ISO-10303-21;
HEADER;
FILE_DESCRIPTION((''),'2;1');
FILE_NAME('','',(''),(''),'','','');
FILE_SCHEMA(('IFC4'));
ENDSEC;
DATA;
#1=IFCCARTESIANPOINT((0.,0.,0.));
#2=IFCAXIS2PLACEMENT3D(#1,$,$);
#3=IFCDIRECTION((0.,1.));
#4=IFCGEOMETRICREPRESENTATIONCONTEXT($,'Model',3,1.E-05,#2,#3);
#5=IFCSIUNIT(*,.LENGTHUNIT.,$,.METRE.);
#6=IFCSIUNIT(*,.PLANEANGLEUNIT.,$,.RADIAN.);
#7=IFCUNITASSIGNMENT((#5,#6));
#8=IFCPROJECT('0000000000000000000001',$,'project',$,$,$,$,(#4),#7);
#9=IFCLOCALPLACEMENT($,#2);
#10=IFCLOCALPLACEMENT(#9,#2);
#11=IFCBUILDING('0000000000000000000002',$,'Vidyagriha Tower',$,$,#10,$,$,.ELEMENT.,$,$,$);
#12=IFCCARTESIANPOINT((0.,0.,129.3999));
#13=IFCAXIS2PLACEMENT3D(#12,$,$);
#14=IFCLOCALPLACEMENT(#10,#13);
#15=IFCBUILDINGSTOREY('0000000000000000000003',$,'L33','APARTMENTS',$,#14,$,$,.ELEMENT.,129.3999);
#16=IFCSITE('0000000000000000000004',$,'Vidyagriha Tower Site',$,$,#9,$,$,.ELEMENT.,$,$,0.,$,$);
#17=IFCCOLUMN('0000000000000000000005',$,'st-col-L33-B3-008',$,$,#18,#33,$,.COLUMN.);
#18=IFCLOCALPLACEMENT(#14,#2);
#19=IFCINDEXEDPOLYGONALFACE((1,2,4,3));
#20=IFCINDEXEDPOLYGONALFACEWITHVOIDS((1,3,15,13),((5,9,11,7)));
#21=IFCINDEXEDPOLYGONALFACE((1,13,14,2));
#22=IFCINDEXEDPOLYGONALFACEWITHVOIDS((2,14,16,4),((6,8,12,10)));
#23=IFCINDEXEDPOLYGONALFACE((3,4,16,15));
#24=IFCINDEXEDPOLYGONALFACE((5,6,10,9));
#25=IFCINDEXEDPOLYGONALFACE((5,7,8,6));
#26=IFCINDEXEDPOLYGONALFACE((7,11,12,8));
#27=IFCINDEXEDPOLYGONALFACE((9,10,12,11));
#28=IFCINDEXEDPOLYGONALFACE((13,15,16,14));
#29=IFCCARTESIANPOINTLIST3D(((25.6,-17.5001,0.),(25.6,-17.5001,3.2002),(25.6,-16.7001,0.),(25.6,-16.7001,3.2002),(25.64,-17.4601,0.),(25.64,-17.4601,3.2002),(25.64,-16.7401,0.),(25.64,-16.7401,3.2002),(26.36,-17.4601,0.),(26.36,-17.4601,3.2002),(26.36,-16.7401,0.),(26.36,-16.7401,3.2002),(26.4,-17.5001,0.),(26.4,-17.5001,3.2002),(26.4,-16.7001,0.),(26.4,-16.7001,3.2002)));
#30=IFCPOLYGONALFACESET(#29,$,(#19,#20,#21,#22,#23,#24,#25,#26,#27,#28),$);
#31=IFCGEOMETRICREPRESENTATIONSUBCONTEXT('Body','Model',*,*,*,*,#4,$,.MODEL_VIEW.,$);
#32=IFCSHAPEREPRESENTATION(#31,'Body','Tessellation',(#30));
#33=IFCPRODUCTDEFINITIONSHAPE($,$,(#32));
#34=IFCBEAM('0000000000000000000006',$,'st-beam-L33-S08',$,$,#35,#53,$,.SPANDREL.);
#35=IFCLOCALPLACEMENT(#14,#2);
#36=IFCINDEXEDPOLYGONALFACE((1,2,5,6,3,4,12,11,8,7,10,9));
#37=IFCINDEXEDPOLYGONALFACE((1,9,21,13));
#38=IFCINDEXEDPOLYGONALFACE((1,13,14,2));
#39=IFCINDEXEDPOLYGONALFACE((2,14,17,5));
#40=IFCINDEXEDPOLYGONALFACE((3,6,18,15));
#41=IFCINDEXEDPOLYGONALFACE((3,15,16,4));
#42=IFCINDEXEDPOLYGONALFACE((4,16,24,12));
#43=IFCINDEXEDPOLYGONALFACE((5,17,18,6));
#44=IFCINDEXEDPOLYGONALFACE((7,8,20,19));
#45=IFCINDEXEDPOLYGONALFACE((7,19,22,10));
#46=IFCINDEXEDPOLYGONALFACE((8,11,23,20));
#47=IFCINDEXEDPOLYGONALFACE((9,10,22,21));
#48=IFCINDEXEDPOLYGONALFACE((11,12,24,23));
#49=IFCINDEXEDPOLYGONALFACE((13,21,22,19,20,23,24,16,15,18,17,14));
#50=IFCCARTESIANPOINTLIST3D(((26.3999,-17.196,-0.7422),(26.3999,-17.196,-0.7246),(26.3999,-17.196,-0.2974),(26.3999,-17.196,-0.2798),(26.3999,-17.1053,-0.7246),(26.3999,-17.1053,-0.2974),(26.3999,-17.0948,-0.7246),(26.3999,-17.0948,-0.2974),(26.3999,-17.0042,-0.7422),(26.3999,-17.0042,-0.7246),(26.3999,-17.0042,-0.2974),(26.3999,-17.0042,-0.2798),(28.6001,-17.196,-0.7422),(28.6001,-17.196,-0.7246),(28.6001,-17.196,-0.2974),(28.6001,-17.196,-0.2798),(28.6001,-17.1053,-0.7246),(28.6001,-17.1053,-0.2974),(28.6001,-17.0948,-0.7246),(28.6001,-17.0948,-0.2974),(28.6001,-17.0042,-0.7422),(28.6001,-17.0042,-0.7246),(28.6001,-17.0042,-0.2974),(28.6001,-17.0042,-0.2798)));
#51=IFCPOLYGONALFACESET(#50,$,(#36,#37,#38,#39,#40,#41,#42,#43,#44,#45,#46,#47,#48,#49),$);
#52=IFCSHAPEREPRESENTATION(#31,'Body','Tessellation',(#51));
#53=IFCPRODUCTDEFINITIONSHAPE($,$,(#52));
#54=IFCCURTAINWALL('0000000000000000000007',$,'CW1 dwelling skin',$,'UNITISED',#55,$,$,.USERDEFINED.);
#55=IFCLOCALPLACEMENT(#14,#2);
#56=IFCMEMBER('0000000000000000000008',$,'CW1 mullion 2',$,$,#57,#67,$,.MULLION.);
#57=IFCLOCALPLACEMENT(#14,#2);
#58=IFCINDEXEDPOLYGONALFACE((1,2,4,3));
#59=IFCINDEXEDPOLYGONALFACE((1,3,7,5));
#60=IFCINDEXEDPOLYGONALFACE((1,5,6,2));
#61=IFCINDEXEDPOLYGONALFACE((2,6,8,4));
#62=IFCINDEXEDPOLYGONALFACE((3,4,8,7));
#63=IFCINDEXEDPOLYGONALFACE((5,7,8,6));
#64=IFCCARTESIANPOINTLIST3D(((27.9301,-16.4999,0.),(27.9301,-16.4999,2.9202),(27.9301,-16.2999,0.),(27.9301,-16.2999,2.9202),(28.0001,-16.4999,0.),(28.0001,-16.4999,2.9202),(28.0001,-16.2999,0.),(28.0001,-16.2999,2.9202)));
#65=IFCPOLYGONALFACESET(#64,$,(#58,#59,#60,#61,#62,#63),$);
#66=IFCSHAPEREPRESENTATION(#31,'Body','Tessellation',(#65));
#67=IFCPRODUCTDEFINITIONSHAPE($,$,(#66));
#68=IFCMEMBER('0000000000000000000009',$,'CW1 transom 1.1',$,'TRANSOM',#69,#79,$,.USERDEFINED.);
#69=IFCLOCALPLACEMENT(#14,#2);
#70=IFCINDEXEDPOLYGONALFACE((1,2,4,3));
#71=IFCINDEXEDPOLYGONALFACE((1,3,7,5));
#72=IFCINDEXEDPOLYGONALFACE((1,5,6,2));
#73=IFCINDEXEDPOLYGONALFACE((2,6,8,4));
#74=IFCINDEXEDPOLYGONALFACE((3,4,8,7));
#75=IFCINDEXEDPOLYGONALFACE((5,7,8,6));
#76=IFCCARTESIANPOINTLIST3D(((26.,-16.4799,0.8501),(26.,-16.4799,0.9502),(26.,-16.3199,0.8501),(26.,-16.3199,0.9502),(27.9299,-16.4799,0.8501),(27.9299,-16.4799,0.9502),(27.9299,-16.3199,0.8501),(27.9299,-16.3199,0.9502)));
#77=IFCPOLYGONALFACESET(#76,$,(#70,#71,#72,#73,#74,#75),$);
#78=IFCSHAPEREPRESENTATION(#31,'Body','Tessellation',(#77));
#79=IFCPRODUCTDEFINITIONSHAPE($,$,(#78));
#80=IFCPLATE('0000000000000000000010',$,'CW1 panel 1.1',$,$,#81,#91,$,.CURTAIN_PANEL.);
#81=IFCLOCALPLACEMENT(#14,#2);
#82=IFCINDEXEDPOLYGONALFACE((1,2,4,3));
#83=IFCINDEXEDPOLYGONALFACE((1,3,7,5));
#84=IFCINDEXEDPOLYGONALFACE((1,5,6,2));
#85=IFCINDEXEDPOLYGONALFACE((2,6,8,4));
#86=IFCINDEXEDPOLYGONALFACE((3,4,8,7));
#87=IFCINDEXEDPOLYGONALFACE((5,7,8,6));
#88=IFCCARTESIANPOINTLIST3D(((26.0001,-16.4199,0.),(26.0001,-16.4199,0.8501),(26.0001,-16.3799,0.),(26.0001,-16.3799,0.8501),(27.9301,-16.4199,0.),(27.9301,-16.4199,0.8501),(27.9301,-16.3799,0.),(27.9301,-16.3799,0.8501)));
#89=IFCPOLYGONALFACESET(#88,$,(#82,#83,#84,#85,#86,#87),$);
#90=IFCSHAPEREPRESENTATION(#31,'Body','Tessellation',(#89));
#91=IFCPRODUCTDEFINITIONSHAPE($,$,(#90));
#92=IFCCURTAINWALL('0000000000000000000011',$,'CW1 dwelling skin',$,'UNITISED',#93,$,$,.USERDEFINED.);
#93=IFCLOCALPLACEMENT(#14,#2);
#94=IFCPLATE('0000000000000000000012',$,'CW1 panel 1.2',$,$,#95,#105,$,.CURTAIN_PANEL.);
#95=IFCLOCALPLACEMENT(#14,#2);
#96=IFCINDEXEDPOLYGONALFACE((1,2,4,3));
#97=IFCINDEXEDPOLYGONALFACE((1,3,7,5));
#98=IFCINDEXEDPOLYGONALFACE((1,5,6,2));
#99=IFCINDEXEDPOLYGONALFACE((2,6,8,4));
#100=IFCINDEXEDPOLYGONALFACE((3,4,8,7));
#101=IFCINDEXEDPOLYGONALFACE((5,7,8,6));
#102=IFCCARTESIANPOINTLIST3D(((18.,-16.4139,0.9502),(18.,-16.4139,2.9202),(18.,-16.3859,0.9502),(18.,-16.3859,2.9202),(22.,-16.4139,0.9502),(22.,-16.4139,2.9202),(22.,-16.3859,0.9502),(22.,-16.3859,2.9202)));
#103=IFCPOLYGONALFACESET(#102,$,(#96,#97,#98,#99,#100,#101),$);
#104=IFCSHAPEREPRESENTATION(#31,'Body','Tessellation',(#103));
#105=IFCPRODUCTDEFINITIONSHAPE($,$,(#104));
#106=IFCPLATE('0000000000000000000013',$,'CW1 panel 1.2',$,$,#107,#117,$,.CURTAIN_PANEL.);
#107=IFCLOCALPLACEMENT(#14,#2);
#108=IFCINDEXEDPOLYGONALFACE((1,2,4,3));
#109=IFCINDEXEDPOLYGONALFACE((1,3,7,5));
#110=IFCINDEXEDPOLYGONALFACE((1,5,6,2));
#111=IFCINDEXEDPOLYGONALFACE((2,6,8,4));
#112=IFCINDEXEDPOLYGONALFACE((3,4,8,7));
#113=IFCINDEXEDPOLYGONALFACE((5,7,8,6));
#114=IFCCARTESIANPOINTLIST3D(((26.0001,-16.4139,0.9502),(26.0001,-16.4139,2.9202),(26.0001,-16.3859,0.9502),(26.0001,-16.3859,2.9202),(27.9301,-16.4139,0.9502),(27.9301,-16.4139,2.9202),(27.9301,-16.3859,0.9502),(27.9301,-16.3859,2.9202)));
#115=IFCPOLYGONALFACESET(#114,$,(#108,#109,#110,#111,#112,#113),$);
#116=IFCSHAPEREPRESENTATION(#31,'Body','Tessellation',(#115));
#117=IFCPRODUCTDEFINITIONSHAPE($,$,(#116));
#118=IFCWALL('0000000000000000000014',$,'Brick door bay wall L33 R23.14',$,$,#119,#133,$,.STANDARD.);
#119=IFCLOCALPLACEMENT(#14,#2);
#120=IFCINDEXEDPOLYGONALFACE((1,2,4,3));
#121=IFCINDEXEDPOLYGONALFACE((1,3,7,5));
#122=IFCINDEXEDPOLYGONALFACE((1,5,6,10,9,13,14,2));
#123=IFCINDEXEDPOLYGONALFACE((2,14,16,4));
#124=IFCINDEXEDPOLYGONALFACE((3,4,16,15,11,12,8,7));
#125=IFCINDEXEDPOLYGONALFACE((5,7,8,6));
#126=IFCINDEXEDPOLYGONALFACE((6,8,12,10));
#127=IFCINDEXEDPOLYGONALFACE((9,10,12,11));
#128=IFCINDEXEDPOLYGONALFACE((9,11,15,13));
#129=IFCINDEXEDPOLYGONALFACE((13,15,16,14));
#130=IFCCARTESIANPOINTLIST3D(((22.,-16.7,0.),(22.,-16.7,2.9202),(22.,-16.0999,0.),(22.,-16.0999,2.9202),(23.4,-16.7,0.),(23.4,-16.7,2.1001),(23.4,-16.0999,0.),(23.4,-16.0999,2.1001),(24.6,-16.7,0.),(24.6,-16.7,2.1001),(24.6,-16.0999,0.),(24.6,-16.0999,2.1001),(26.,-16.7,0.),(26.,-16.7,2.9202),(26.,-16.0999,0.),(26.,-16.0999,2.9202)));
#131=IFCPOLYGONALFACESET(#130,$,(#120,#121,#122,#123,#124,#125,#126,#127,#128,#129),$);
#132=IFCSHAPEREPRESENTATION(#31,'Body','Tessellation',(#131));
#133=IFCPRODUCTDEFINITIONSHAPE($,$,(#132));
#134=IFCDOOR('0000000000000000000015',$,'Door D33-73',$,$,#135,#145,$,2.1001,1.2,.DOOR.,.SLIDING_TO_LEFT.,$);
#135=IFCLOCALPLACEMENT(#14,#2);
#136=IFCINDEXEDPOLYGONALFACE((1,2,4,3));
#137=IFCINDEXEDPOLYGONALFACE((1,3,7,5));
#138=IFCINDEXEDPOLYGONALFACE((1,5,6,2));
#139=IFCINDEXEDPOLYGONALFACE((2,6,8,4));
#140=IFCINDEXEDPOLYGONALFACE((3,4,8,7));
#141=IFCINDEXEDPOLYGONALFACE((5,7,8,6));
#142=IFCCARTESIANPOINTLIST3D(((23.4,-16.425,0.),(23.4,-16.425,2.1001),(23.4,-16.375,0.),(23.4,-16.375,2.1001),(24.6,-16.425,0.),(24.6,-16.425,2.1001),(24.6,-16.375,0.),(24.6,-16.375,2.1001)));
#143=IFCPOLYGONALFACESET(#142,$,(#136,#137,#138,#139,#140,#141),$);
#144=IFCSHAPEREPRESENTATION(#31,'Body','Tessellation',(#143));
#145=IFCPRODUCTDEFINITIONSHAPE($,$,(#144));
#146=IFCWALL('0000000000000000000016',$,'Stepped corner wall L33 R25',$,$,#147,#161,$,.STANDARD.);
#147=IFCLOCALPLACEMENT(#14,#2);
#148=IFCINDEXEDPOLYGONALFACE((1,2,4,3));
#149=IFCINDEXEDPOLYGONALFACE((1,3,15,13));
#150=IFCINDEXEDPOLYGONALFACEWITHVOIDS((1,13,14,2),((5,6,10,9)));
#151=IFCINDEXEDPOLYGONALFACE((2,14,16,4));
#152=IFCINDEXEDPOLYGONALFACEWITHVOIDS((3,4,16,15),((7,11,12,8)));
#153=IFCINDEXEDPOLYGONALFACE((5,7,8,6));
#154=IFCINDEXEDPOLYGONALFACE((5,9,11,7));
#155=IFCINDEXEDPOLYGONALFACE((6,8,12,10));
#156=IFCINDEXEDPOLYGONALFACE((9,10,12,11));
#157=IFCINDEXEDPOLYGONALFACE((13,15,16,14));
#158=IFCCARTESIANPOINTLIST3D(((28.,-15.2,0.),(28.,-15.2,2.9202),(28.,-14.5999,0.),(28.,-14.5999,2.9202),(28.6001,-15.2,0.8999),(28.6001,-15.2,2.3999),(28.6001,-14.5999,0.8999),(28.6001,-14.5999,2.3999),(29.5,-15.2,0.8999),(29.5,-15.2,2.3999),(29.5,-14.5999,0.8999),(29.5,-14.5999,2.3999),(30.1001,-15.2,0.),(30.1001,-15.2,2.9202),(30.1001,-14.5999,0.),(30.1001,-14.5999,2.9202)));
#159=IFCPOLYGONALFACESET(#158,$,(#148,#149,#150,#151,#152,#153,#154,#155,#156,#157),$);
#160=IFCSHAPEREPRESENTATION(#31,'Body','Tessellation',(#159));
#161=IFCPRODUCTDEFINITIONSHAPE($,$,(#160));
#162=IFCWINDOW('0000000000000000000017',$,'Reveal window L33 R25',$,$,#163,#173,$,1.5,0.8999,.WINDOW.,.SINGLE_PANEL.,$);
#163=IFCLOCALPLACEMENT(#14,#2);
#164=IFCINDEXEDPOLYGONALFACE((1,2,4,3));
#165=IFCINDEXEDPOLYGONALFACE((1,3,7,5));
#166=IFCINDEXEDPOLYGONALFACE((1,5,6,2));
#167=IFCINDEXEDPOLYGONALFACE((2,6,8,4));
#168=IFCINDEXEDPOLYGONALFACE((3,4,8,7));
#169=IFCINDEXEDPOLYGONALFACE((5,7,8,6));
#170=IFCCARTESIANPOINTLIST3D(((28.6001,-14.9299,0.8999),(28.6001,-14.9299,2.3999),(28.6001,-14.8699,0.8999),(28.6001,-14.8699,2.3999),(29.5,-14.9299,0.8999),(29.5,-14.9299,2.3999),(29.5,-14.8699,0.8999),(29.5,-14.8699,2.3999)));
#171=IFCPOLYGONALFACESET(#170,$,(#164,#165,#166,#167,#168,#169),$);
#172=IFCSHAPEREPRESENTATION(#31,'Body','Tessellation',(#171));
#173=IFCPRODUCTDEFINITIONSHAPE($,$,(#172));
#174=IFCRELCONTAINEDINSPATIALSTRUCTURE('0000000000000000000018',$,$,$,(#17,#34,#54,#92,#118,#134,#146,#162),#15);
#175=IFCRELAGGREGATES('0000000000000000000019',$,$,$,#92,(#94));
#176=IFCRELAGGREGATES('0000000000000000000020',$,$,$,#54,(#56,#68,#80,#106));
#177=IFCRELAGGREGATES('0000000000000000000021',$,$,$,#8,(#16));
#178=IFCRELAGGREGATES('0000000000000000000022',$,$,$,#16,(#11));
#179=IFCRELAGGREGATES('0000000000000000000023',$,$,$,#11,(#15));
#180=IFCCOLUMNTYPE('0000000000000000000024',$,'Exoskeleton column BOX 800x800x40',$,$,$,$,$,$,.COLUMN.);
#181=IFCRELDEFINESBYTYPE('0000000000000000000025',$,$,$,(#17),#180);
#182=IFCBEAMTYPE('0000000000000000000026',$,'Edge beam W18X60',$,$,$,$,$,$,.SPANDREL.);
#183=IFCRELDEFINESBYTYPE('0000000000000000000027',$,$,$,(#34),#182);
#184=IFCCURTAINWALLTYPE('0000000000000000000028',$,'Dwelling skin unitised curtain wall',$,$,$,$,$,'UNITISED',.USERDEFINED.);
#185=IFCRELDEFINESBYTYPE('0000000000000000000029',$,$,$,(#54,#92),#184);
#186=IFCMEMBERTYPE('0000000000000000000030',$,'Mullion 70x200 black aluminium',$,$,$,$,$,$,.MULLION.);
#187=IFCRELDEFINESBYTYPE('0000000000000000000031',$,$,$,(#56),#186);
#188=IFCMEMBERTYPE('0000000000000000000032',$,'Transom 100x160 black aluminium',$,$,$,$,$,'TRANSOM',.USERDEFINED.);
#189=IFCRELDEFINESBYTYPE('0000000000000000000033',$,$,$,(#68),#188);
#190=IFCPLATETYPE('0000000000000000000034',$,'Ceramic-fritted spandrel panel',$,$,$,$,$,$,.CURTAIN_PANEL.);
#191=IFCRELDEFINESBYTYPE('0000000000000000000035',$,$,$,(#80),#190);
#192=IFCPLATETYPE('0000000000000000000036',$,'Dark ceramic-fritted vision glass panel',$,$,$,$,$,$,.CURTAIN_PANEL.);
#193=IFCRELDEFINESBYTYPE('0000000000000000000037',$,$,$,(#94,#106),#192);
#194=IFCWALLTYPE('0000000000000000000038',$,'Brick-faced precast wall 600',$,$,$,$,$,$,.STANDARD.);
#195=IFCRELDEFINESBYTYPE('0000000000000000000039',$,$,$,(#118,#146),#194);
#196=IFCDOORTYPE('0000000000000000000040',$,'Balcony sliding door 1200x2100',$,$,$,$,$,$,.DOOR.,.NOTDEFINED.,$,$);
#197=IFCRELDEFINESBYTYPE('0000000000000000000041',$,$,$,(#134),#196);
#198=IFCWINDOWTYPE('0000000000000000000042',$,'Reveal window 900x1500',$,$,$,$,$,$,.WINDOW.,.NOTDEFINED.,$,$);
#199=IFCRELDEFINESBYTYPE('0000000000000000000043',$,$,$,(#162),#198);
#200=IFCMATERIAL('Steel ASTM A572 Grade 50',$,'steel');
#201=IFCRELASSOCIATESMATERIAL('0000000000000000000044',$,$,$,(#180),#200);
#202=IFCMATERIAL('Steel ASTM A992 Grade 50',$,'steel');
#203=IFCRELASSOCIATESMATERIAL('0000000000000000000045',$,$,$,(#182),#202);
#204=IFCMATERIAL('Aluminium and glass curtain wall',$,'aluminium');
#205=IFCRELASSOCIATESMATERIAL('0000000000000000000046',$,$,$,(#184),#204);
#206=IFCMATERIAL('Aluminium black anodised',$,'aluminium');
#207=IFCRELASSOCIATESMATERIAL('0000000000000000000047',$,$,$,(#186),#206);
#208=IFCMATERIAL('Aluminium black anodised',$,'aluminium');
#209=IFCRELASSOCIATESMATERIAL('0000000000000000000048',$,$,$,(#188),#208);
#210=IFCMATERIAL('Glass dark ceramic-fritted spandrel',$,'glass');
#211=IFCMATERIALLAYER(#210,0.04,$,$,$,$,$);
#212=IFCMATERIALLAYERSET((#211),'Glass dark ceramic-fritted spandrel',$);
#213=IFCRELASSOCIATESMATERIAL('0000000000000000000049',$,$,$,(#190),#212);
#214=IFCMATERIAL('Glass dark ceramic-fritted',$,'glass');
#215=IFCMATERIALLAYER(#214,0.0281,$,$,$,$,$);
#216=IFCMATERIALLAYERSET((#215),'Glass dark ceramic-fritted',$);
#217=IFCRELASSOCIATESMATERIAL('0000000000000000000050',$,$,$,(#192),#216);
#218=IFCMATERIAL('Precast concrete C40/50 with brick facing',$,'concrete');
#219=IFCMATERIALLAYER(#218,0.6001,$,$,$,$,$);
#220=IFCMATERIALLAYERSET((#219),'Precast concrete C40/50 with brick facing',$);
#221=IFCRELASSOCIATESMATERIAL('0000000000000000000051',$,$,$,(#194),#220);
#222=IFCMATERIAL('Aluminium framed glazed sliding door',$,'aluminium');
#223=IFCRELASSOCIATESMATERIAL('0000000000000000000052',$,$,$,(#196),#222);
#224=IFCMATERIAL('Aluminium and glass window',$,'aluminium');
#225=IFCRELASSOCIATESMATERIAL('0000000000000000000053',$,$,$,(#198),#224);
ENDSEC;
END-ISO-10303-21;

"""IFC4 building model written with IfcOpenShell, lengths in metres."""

from ifc_helpers import new_model, si_unit, direction, frame, frame_2d, origin, origin_2d, place, context, subcontext, project, spatial, rectangle, hollow_rectangle, i_section, extrude, material, layer, layer_set, material_profile, profile_set, type_object, element, fill, aggregate, save


model = new_model("IFC4")

# Units and contexts
model_context = context("Model", 3, precision=1e-05, world=origin(), true_north=direction((0.0, 1.0)))
body_context = subcontext(model_context, "Body", "Model", "MODEL_VIEW")
ifc_project = project(units=[si_unit("LENGTHUNIT", "METRE"), si_unit("PLANEANGLEUNIT", "RADIAN")], contexts=[model_context])

# Site, building, storey
site_placement = place(None, origin())
site = spatial("IfcSite", under=ifc_project, at=site_placement, Name="Vidyagriha Tower Site", CompositionType="ELEMENT", RefElevation=0.0)
building_placement = place(site_placement, origin())
building = spatial("IfcBuilding", under=site, at=building_placement, Name="Vidyagriha Tower", CompositionType="ELEMENT")
storey_placement = place(building_placement, frame((0.0, 0.0, 129.3999)))
storey = spatial("IfcBuildingStorey", under=building, at=storey_placement, Name="L33", Description="APARTMENTS", CompositionType="ELEMENT", Elevation=129.3999)

# Column
ifc_material_1 = material(Name="Steel ASTM A572 Grade 50", Category="steel")
ifc_material_profile_1 = material_profile(ifc_material_1, hollow_rectangle(XDim=0.8, YDim=0.8, WallThickness=0.04, at=origin_2d()), Name="BOX 800x800x40")
ifc_profile_set_1 = profile_set([ifc_material_profile_1], Name="Steel ASTM A572 Grade 50")
column_type = type_object("IfcColumnType", Name="Exoskeleton column BOX 800x800x40", PredefinedType="COLUMN", material=ifc_profile_set_1)
column_placement = place(storey_placement, frame((26.0, -17.1001, 0.0)))
element("IfcColumn", 1, at=column_placement, inside=storey, type_object=column_type, Name="st-col-L33-B3-008", PredefinedType="COLUMN", context=body_context, shape_type="SweptSolid", body=[
    extrude(hollow_rectangle(XDim=0.8, YDim=0.8, WallThickness=0.04, at=origin_2d()), origin(), (0.0, 0.0, 1.0), 3.2002),
])

# Beam
ifc_material_2 = material(Name="Steel ASTM A992 Grade 50", Category="steel")
ifc_material_profile_2 = material_profile(ifc_material_2, i_section(OverallWidth=0.1919, OverallDepth=0.4624, WebThickness=0.0105, FlangeThickness=0.0176, at=origin_2d()), Name="W18X60")
ifc_profile_set_2 = profile_set([ifc_material_profile_2], Name="Steel ASTM A992 Grade 50")
beam_type = type_object("IfcBeamType", Name="Edge beam W18X60", PredefinedType="SPANDREL", material=ifc_profile_set_2)
beam_placement = place(storey_placement, frame((26.3999, -17.1001, -0.511), z_axis=(1.0, 0.0, 0.0), x_axis=(0.0, 1.0, 0.0)))
element("IfcBeam", 2, at=beam_placement, inside=storey, type_object=beam_type, Name="st-beam-L33-S08", PredefinedType="SPANDREL", context=body_context, shape_type="SweptSolid", body=[
    extrude(i_section(OverallWidth=0.1919, OverallDepth=0.4624, WebThickness=0.0105, FlangeThickness=0.0176, at=origin_2d()), origin(), (0.0, 0.0, 1.0), 2.2002),
])

# Curtain wall, members, plate
ifc_material_3 = material(Name="Aluminium and glass curtain wall", Category="aluminium")
curtain_wall_type = type_object("IfcCurtainWallType", Name="Dwelling skin unitised curtain wall", ElementType="UNITISED", PredefinedType="USERDEFINED", material=ifc_material_3)
curtain_wall_1_placement = place(storey_placement, origin())
curtain_wall_1 = element("IfcCurtainWall", 3, at=curtain_wall_1_placement, inside=storey, type_object=curtain_wall_type, Name="CW1 dwelling skin", ObjectType="UNITISED", PredefinedType="USERDEFINED")
ifc_material_4 = material(Name="Aluminium black anodised", Category="aluminium")
ifc_material_profile_3 = material_profile(ifc_material_4, rectangle(XDim=0.2, YDim=0.0701, at=origin_2d()), Name="Mullion 70x200 black aluminium")
ifc_profile_set_3 = profile_set([ifc_material_profile_3], Name="Aluminium black anodised")
member_type_1 = type_object("IfcMemberType", Name="Mullion 70x200 black aluminium", PredefinedType="MULLION", material=ifc_profile_set_3)
member_1_placement = place(storey_placement, frame((27.9651, -16.3999, 0.0), z_axis=(0.0, 0.0, 1.0), x_axis=(0.0, 1.0, 0.0)))
member_1 = element("IfcMember", 4, at=member_1_placement, type_object=member_type_1, Name="CW1 mullion 2", PredefinedType="MULLION", context=body_context, shape_type="SweptSolid", body=[
    extrude(rectangle(XDim=0.2, YDim=0.0701, at=origin_2d()), origin(), (0.0, 0.0, 1.0), 2.9202),
])
ifc_material_5 = material(Name="Aluminium black anodised", Category="aluminium")
ifc_material_profile_4 = material_profile(ifc_material_5, rectangle(XDim=0.1599, YDim=0.1001, at=origin_2d()), Name="Transom 100x160 black aluminium")
ifc_profile_set_4 = profile_set([ifc_material_profile_4], Name="Aluminium black anodised")
member_type_2 = type_object("IfcMemberType", Name="Transom 100x160 black aluminium", ElementType="TRANSOM", PredefinedType="USERDEFINED", material=ifc_profile_set_4)
member_2_placement = place(storey_placement, frame((26.0, -16.3999, 0.9001), z_axis=(1.0, 0.0, 0.0), x_axis=(0.0, 1.0, 0.0)))
member_2 = element("IfcMember", 5, at=member_2_placement, type_object=member_type_2, Name="CW1 transom 1.1", ObjectType="TRANSOM", PredefinedType="USERDEFINED", context=body_context, shape_type="SweptSolid", body=[
    extrude(rectangle(XDim=0.1599, YDim=0.1001, at=origin_2d()), origin(), (0.0, 0.0, 1.0), 1.9299),
])
ifc_material_6 = material(Name="Glass dark ceramic-fritted spandrel", Category="glass")
ifc_layer_1 = layer(ifc_material_6, 0.04)
ifc_layer_set_1 = layer_set([ifc_layer_1], Name="Glass dark ceramic-fritted spandrel")
plate_type_1 = type_object("IfcPlateType", Name="Ceramic-fritted spandrel panel", PredefinedType="CURTAIN_PANEL", material=ifc_layer_set_1)
plate_1_placement = place(storey_placement, frame((26.9651, -16.3999, 0.0)))
plate_1 = element("IfcPlate", 6, at=plate_1_placement, type_object=plate_type_1, Name="CW1 panel 1.1", PredefinedType="CURTAIN_PANEL", context=body_context, shape_type="SweptSolid", body=[
    extrude(rectangle(XDim=1.9299, YDim=0.04, at=origin_2d()), origin(), (0.0, 0.0, 1.0), 0.8501),
])

# Curtain wall, plate
curtain_wall_2_placement = place(storey_placement, origin())
curtain_wall_2 = element("IfcCurtainWall", 7, at=curtain_wall_2_placement, inside=storey, type_object=curtain_wall_type, Name="CW1 dwelling skin", ObjectType="UNITISED", PredefinedType="USERDEFINED")
ifc_material_7 = material(Name="Glass dark ceramic-fritted", Category="glass")
ifc_layer_2 = layer(ifc_material_7, 0.0281)
ifc_layer_set_2 = layer_set([ifc_layer_2], Name="Glass dark ceramic-fritted")
plate_type_2 = type_object("IfcPlateType", Name="Dark ceramic-fritted vision glass panel", PredefinedType="CURTAIN_PANEL", material=ifc_layer_set_2)
plate_2_placement = place(storey_placement, frame((20.0, -16.3999, 0.9502)))
plate_2 = element("IfcPlate", 8, at=plate_2_placement, type_object=plate_type_2, Name="CW1 panel 1.2", PredefinedType="CURTAIN_PANEL", context=body_context, shape_type="SweptSolid", body=[
    extrude(rectangle(XDim=4.0, YDim=0.0281, at=origin_2d()), origin(), (0.0, 0.0, 1.0), 1.97),
])
aggregate(curtain_wall_2, [plate_2])

# Plate
plate_3_placement = place(storey_placement, frame((26.9651, -16.3999, 0.9502)))
plate_3 = element("IfcPlate", 9, at=plate_3_placement, type_object=plate_type_2, Name="CW1 panel 1.2", PredefinedType="CURTAIN_PANEL", context=body_context, shape_type="SweptSolid", body=[
    extrude(rectangle(XDim=1.9299, YDim=0.0281, at=origin_2d()), origin(), (0.0, 0.0, 1.0), 1.97),
])
aggregate(curtain_wall_1, [member_1, member_2, plate_1, plate_3])

# Wall, opening, door
ifc_material_8 = material(Name="Precast concrete C40/50 with brick facing", Category="concrete")
ifc_layer_3 = layer(ifc_material_8, 0.6001)
ifc_layer_set_3 = layer_set([ifc_layer_3], Name="Precast concrete C40/50 with brick facing")
wall_type_1 = type_object("IfcWallType", Name="Brick-faced precast wall 600", PredefinedType="STANDARD", material=ifc_layer_set_3)
wall_1_placement = place(storey_placement, frame((22.0, -16.3999, 0.0)))
wall_1 = element("IfcWall", 10, at=wall_1_placement, inside=storey, type_object=wall_type_1, Name="Brick door bay wall L33 R23.14", PredefinedType="STANDARD", context=body_context, shape_type="SweptSolid", body=[
    extrude(rectangle(XDim=4.0, YDim=0.6001, at=frame_2d((2.0, 0.0))), origin(), (0.0, 0.0, 1.0), 2.9202),
])
opening_1_placement = place(wall_1_placement, frame((1.3999, 0.0, 0.0)))
opening_1 = element("IfcOpeningElement", 11, at=opening_1_placement, cuts=wall_1, PredefinedType="OPENING", context=body_context, shape_type="SweptSolid", body=[
    extrude(rectangle(XDim=1.2, YDim=2.1001, at=frame_2d((0.6001, 1.05))), frame((0.0, 0.3101, 0.0), z_axis=(0.0, -1.0, 0.0), x_axis=(1.0, 0.0, 0.0)), (0.0, 0.0, 1.0), 0.6201),
])
ifc_material_9 = material(Name="Aluminium framed glazed sliding door", Category="aluminium")
door_type = type_object("IfcDoorType", Name="Balcony sliding door 1200x2100", OperationType="NOTDEFINED", PredefinedType="DOOR", material=ifc_material_9)
door_placement = place(opening_1_placement, origin())
door = element("IfcDoor", 12, at=door_placement, inside=storey, type_object=door_type, Name="Door D33-73", OperationType="SLIDING_TO_LEFT", OverallHeight=2.1001, OverallWidth=1.2, PredefinedType="DOOR", context=body_context, shape_type="SweptSolid", body=[
    extrude(rectangle(XDim=1.2, YDim=2.1001, at=frame_2d((0.6001, 1.05))), frame((0.0, 0.0249, 0.0), z_axis=(0.0, -1.0, 0.0), x_axis=(1.0, 0.0, 0.0)), (0.0, 0.0, 1.0), 0.05),
])
fill(opening_1, door)

# Wall, opening, window
wall_2_placement = place(storey_placement, frame((28.0, -14.8999, 0.0)))
wall_2 = element("IfcWall", 13, at=wall_2_placement, inside=storey, type_object=wall_type_1, Name="Stepped corner wall L33 R25", PredefinedType="STANDARD", context=body_context, shape_type="SweptSolid", body=[
    extrude(rectangle(XDim=2.1001, YDim=0.6001, at=frame_2d((1.05, 0.0))), origin(), (0.0, 0.0, 1.0), 2.9202),
])
opening_2_placement = place(wall_2_placement, frame((0.6001, 0.0, 0.8999)))
opening_2 = element("IfcOpeningElement", 14, at=opening_2_placement, cuts=wall_2, PredefinedType="OPENING", context=body_context, shape_type="SweptSolid", body=[
    extrude(rectangle(XDim=0.8999, YDim=1.5, at=frame_2d((0.45, 0.75))), frame((0.0, 0.3101, 0.0), z_axis=(0.0, -1.0, 0.0), x_axis=(1.0, 0.0, 0.0)), (0.0, 0.0, 1.0), 0.6201),
])
ifc_material_10 = material(Name="Aluminium and glass window", Category="aluminium")
window_type = type_object("IfcWindowType", Name="Reveal window 900x1500", PartitioningType="NOTDEFINED", PredefinedType="WINDOW", material=ifc_material_10)
window_placement = place(opening_2_placement, origin())
window = element("IfcWindow", 15, at=window_placement, inside=storey, type_object=window_type, Name="Reveal window L33 R25", OverallHeight=1.5, OverallWidth=0.8999, PartitioningType="SINGLE_PANEL", PredefinedType="WINDOW", context=body_context, shape_type="SweptSolid", body=[
    extrude(rectangle(XDim=0.8999, YDim=1.5, at=frame_2d((0.45, 0.75))), frame((0.0, 0.03, 0.0), z_axis=(0.0, -1.0, 0.0), x_axis=(1.0, 0.0, 0.0)), (0.0, 0.0, 1.0), 0.0601),
])
fill(opening_2, window)

save(model, "model.ifc")
